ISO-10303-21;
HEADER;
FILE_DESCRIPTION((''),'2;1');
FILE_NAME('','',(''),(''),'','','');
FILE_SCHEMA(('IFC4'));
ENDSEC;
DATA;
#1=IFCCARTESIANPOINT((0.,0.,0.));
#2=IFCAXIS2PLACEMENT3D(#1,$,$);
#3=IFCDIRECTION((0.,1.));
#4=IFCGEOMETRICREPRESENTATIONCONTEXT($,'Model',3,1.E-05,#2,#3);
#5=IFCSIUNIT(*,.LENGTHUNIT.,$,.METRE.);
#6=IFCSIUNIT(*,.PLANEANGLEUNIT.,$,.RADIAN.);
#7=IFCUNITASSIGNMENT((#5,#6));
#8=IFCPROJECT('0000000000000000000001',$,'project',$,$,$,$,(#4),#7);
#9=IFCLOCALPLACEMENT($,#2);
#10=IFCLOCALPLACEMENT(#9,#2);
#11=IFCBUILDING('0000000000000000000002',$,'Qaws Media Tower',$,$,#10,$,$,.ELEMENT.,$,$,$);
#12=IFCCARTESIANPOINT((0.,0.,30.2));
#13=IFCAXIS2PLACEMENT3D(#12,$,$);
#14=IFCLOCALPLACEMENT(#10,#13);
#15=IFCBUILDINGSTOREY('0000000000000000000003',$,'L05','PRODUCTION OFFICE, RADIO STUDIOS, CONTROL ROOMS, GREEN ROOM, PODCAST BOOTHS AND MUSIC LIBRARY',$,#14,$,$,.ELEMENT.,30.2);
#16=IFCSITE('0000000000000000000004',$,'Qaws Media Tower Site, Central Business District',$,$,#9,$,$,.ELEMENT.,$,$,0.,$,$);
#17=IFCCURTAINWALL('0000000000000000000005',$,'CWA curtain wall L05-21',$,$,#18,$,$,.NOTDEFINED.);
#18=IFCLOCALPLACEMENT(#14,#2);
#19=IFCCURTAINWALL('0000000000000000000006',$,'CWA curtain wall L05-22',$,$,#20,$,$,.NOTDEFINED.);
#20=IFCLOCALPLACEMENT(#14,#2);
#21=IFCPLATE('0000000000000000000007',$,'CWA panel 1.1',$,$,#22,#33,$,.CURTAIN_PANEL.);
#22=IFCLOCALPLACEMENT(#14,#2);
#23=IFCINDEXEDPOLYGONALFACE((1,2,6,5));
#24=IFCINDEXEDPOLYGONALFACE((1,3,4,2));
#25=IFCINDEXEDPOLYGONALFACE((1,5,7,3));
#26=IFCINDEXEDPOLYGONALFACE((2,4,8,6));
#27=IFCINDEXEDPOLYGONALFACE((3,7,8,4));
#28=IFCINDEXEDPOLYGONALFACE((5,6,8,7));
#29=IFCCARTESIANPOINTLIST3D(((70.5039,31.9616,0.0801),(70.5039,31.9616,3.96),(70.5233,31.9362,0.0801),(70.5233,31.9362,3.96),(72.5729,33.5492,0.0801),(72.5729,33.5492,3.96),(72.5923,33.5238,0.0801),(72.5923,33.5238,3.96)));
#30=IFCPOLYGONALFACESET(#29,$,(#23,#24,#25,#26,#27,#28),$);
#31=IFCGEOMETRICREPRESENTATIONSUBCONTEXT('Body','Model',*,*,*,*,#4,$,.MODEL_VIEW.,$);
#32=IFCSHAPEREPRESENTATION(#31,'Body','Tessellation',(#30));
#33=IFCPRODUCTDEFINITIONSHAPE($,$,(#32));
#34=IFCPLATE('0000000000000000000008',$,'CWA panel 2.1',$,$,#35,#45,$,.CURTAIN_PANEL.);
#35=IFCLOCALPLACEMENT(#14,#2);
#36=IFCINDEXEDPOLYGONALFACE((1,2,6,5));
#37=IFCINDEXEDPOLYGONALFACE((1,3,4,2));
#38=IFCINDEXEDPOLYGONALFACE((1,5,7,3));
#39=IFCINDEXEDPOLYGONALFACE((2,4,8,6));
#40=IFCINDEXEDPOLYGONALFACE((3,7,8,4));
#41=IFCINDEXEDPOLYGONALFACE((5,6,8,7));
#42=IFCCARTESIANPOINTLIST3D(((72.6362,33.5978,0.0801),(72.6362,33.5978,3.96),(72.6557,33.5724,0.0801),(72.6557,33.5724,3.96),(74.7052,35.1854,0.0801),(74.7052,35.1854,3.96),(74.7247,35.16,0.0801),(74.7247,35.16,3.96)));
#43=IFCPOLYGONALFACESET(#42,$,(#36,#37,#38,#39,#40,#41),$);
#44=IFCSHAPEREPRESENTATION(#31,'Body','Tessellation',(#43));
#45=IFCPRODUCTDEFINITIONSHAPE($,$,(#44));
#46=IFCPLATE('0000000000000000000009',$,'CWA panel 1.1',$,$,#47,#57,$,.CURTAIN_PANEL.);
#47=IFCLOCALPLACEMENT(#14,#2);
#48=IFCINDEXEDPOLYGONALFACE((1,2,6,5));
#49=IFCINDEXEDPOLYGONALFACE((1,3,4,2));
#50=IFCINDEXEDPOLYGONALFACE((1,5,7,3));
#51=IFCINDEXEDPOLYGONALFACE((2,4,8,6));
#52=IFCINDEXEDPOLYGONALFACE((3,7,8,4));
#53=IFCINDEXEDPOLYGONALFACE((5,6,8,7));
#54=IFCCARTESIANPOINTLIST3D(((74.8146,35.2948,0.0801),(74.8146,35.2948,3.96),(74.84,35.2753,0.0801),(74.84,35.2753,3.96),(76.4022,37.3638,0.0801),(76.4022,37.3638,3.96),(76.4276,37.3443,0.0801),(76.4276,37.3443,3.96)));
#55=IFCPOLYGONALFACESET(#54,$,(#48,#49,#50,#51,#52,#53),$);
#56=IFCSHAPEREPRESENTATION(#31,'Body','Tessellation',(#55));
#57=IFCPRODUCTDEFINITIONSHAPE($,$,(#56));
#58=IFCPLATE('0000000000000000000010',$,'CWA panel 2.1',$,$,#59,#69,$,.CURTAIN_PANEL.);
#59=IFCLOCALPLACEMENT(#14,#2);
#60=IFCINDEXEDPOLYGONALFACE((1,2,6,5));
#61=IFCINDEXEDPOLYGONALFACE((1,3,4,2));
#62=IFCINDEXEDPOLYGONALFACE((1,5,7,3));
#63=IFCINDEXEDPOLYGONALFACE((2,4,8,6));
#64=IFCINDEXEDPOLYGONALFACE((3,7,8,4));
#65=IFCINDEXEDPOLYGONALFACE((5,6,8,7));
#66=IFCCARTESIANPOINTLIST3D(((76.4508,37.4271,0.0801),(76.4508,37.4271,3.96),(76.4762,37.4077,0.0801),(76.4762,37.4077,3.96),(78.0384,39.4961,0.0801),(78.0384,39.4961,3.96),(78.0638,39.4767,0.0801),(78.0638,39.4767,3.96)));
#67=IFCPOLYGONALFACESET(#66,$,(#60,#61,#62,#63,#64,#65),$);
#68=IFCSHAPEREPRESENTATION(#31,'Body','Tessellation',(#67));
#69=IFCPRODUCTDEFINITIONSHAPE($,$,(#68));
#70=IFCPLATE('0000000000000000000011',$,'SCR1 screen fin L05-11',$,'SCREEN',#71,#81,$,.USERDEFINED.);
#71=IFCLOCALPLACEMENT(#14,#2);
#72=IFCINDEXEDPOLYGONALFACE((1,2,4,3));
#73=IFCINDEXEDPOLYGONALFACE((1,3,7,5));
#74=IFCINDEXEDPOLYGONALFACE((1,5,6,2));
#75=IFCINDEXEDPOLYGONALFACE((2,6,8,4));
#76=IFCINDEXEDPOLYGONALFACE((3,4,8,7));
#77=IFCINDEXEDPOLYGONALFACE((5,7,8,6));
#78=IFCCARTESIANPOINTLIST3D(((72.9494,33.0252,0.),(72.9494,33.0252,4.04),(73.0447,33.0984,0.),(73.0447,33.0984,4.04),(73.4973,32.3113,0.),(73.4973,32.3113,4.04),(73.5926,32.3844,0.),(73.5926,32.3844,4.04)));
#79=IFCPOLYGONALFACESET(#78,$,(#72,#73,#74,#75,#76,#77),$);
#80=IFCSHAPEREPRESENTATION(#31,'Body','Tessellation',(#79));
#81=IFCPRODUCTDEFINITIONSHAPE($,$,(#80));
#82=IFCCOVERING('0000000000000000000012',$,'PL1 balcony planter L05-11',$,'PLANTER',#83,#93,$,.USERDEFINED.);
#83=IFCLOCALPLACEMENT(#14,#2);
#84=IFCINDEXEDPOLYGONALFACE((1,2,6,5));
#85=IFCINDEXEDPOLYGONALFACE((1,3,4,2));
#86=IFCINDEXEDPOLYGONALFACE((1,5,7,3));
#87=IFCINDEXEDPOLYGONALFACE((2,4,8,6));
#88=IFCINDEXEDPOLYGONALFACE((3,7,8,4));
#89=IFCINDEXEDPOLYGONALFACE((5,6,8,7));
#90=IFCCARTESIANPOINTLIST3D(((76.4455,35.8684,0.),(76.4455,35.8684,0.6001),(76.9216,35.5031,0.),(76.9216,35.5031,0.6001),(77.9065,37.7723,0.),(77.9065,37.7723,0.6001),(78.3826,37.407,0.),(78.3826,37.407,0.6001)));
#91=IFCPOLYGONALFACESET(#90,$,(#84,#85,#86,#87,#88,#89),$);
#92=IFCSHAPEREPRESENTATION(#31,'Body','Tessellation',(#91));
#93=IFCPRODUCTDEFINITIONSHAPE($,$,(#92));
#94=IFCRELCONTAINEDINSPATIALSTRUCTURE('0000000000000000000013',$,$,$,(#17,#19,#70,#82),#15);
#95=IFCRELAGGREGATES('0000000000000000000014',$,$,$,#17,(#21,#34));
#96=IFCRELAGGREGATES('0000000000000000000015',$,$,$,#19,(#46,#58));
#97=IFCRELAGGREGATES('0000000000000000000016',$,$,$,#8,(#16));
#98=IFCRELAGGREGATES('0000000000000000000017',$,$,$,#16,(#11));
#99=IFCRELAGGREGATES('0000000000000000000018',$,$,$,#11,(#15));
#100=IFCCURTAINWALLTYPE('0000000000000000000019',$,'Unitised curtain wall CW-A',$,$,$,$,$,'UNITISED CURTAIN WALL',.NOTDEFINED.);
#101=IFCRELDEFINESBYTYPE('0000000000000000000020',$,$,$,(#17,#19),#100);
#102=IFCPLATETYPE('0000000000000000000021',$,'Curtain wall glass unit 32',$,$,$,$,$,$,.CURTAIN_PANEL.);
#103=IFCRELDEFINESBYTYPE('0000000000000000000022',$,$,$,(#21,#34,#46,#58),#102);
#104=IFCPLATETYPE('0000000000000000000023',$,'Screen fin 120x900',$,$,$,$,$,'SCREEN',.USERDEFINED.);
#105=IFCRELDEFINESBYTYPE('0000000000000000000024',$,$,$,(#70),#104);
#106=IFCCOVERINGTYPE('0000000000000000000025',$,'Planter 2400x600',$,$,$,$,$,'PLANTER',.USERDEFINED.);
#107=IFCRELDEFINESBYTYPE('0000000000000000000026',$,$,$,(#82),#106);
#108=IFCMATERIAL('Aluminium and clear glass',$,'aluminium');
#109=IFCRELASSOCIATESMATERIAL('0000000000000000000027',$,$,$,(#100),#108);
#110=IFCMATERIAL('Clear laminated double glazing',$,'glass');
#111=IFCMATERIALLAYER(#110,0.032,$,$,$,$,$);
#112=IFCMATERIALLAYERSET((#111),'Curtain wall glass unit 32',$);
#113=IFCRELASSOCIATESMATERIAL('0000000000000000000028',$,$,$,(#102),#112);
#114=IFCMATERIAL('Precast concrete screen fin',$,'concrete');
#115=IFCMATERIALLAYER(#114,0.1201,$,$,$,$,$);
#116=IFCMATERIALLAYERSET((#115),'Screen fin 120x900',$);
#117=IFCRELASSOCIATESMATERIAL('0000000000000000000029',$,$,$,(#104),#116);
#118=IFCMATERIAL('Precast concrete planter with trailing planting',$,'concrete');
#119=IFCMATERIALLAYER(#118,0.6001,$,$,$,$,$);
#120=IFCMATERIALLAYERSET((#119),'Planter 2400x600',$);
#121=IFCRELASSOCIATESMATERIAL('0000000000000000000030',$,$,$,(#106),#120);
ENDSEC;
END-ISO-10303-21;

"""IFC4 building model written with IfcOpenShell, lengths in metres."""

from ifc_helpers import new_model, si_unit, direction, frame, origin, origin_2d, place, context, subcontext, project, spatial, rectangle, extrude, material, layer, layer_set, type_object, element, aggregate, save


model = new_model("IFC4")

# Units and contexts
model_context = context("Model", 3, precision=1e-05, world=origin(), true_north=direction((0.0, 1.0)))
body_context = subcontext(model_context, "Body", "Model", "MODEL_VIEW")
ifc_project = project(units=[si_unit("LENGTHUNIT", "METRE"), si_unit("PLANEANGLEUNIT", "RADIAN")], contexts=[model_context])

# Site, building, storey
site_placement = place(None, origin())
site = spatial("IfcSite", under=ifc_project, at=site_placement, Name="Qaws Media Tower Site, Central Business District", CompositionType="ELEMENT", RefElevation=0.0)
building_placement = place(site_placement, origin())
building = spatial("IfcBuilding", under=site, at=building_placement, Name="Qaws Media Tower", CompositionType="ELEMENT")
storey_placement = place(building_placement, frame((0.0, 0.0, 30.2)))
storey = spatial("IfcBuildingStorey", under=building, at=storey_placement, Name="L05", Description="PRODUCTION OFFICE, RADIO STUDIOS, CONTROL ROOMS, GREEN ROOM, PODCAST BOOTHS AND MUSIC LIBRARY", CompositionType="ELEMENT", Elevation=30.2)

# Shared definitions
ifc_material_1 = material(Name="Aluminium and clear glass", Category="aluminium")
curtain_wall_type = type_object("IfcCurtainWallType", Name="Unitised curtain wall CW-A", ElementType="UNITISED CURTAIN WALL", PredefinedType="NOTDEFINED", material=ifc_material_1)

# Curtain walls
curtain_wall_1_placement = place(storey_placement, origin())
curtain_wall_1 = element("IfcCurtainWall", 1, at=curtain_wall_1_placement, inside=storey, type_object=curtain_wall_type, Name="CWA curtain wall L05-21", PredefinedType="NOTDEFINED")
curtain_wall_2_placement = place(storey_placement, origin())
curtain_wall_2 = element("IfcCurtainWall", 2, at=curtain_wall_2_placement, inside=storey, type_object=curtain_wall_type, Name="CWA curtain wall L05-22", PredefinedType="NOTDEFINED")

# Plates
ifc_material_2 = material(Name="Clear laminated double glazing", Category="glass")
ifc_layer_1 = layer(ifc_material_2, 0.032)
ifc_layer_set_1 = layer_set([ifc_layer_1], Name="Curtain wall glass unit 32")
plate_type_1 = type_object("IfcPlateType", Name="Curtain wall glass unit 32", PredefinedType="CURTAIN_PANEL", material=ifc_layer_set_1)
plate_1_placement = place(storey_placement, frame((71.5481, 32.7427, 0.0801), z_axis=(0.0, 0.0, 1.0), x_axis=(0.793353, 0.608761, 0.0)))
plate_1 = element("IfcPlate", 3, at=plate_1_placement, type_object=plate_type_1, Name="CWA panel 1.1", PredefinedType="CURTAIN_PANEL", context=body_context, shape_type="SweptSolid", body=[
    extrude(rectangle(XDim=2.6079, YDim=0.032, at=origin_2d()), origin(), (0.0, 0.0, 1.0), 3.8799),
])
plate_2_placement = place(storey_placement, frame((73.6804, 34.3789, 0.0801), z_axis=(0.0, 0.0, 1.0), x_axis=(0.793353, 0.608761, 0.0)))
plate_2 = element("IfcPlate", 4, at=plate_2_placement, type_object=plate_type_1, Name="CWA panel 2.1", PredefinedType="CURTAIN_PANEL", context=body_context, shape_type="SweptSolid", body=[
    extrude(rectangle(XDim=2.6079, YDim=0.032, at=origin_2d()), origin(), (0.0, 0.0, 1.0), 3.8799),
])
aggregate(curtain_wall_1, [plate_1, plate_2])
plate_3_placement = place(storey_placement, frame((75.6211, 36.3196, 0.0801), z_axis=(0.0, 0.0, 1.0), x_axis=(0.608761, 0.793353, 0.0)))
plate_3 = element("IfcPlate", 5, at=plate_3_placement, type_object=plate_type_1, Name="CWA panel 1.1", PredefinedType="CURTAIN_PANEL", context=body_context, shape_type="SweptSolid", body=[
    extrude(rectangle(XDim=2.6079, YDim=0.032, at=origin_2d()), origin(), (0.0, 0.0, 1.0), 3.8799),
])
plate_4_placement = place(storey_placement, frame((77.2573, 38.4519, 0.0801), z_axis=(0.0, 0.0, 1.0), x_axis=(0.608761, 0.793353, 0.0)))
plate_4 = element("IfcPlate", 6, at=plate_4_placement, type_object=plate_type_1, Name="CWA panel 2.1", PredefinedType="CURTAIN_PANEL", context=body_context, shape_type="SweptSolid", body=[
    extrude(rectangle(XDim=2.6079, YDim=0.032, at=origin_2d()), origin(), (0.0, 0.0, 1.0), 3.8799),
])
aggregate(curtain_wall_2, [plate_3, plate_4])
ifc_material_3 = material(Name="Precast concrete screen fin", Category="concrete")
ifc_layer_2 = layer(ifc_material_3, 0.1201)
ifc_layer_set_2 = layer_set([ifc_layer_2], Name="Screen fin 120x900")
plate_type_2 = type_object("IfcPlateType", Name="Screen fin 120x900", ElementType="SCREEN", PredefinedType="USERDEFINED", material=ifc_layer_set_2)
plate_5_placement = place(storey_placement, frame((73.271, 32.7048, 0.0), z_axis=(0.0, 0.0, 1.0), x_axis=(0.608761, -0.793353, 0.0)))
element("IfcPlate", 7, at=plate_5_placement, inside=storey, type_object=plate_type_2, Name="SCR1 screen fin L05-11", ObjectType="SCREEN", PredefinedType="USERDEFINED", context=body_context, shape_type="SweptSolid", body=[
    extrude(rectangle(XDim=0.8999, YDim=0.1201, at=origin_2d()), origin(), (0.0, 0.0, 1.0), 4.04),
])

# Covering
ifc_material_4 = material(Name="Precast concrete planter with trailing planting", Category="concrete")
ifc_layer_3 = layer(ifc_material_4, 0.6001)
ifc_layer_set_3 = layer_set([ifc_layer_3], Name="Planter 2400x600")
covering_type = type_object("IfcCoveringType", Name="Planter 2400x600", ElementType="PLANTER", PredefinedType="USERDEFINED", material=ifc_layer_set_3)
covering_placement = place(storey_placement, frame((77.4141, 36.6377, 0.0), z_axis=(0.0, 0.0, 1.0), x_axis=(0.608761, 0.793353, 0.0)))
element("IfcCovering", 8, at=covering_placement, inside=storey, type_object=covering_type, Name="PL1 balcony planter L05-11", ObjectType="PLANTER", PredefinedType="USERDEFINED", context=body_context, shape_type="SweptSolid", body=[
    extrude(rectangle(XDim=2.3999, YDim=0.6001, at=origin_2d()), origin(), (0.0, 0.0, 1.0), 0.6001),
])

save(model, "model.ifc")
